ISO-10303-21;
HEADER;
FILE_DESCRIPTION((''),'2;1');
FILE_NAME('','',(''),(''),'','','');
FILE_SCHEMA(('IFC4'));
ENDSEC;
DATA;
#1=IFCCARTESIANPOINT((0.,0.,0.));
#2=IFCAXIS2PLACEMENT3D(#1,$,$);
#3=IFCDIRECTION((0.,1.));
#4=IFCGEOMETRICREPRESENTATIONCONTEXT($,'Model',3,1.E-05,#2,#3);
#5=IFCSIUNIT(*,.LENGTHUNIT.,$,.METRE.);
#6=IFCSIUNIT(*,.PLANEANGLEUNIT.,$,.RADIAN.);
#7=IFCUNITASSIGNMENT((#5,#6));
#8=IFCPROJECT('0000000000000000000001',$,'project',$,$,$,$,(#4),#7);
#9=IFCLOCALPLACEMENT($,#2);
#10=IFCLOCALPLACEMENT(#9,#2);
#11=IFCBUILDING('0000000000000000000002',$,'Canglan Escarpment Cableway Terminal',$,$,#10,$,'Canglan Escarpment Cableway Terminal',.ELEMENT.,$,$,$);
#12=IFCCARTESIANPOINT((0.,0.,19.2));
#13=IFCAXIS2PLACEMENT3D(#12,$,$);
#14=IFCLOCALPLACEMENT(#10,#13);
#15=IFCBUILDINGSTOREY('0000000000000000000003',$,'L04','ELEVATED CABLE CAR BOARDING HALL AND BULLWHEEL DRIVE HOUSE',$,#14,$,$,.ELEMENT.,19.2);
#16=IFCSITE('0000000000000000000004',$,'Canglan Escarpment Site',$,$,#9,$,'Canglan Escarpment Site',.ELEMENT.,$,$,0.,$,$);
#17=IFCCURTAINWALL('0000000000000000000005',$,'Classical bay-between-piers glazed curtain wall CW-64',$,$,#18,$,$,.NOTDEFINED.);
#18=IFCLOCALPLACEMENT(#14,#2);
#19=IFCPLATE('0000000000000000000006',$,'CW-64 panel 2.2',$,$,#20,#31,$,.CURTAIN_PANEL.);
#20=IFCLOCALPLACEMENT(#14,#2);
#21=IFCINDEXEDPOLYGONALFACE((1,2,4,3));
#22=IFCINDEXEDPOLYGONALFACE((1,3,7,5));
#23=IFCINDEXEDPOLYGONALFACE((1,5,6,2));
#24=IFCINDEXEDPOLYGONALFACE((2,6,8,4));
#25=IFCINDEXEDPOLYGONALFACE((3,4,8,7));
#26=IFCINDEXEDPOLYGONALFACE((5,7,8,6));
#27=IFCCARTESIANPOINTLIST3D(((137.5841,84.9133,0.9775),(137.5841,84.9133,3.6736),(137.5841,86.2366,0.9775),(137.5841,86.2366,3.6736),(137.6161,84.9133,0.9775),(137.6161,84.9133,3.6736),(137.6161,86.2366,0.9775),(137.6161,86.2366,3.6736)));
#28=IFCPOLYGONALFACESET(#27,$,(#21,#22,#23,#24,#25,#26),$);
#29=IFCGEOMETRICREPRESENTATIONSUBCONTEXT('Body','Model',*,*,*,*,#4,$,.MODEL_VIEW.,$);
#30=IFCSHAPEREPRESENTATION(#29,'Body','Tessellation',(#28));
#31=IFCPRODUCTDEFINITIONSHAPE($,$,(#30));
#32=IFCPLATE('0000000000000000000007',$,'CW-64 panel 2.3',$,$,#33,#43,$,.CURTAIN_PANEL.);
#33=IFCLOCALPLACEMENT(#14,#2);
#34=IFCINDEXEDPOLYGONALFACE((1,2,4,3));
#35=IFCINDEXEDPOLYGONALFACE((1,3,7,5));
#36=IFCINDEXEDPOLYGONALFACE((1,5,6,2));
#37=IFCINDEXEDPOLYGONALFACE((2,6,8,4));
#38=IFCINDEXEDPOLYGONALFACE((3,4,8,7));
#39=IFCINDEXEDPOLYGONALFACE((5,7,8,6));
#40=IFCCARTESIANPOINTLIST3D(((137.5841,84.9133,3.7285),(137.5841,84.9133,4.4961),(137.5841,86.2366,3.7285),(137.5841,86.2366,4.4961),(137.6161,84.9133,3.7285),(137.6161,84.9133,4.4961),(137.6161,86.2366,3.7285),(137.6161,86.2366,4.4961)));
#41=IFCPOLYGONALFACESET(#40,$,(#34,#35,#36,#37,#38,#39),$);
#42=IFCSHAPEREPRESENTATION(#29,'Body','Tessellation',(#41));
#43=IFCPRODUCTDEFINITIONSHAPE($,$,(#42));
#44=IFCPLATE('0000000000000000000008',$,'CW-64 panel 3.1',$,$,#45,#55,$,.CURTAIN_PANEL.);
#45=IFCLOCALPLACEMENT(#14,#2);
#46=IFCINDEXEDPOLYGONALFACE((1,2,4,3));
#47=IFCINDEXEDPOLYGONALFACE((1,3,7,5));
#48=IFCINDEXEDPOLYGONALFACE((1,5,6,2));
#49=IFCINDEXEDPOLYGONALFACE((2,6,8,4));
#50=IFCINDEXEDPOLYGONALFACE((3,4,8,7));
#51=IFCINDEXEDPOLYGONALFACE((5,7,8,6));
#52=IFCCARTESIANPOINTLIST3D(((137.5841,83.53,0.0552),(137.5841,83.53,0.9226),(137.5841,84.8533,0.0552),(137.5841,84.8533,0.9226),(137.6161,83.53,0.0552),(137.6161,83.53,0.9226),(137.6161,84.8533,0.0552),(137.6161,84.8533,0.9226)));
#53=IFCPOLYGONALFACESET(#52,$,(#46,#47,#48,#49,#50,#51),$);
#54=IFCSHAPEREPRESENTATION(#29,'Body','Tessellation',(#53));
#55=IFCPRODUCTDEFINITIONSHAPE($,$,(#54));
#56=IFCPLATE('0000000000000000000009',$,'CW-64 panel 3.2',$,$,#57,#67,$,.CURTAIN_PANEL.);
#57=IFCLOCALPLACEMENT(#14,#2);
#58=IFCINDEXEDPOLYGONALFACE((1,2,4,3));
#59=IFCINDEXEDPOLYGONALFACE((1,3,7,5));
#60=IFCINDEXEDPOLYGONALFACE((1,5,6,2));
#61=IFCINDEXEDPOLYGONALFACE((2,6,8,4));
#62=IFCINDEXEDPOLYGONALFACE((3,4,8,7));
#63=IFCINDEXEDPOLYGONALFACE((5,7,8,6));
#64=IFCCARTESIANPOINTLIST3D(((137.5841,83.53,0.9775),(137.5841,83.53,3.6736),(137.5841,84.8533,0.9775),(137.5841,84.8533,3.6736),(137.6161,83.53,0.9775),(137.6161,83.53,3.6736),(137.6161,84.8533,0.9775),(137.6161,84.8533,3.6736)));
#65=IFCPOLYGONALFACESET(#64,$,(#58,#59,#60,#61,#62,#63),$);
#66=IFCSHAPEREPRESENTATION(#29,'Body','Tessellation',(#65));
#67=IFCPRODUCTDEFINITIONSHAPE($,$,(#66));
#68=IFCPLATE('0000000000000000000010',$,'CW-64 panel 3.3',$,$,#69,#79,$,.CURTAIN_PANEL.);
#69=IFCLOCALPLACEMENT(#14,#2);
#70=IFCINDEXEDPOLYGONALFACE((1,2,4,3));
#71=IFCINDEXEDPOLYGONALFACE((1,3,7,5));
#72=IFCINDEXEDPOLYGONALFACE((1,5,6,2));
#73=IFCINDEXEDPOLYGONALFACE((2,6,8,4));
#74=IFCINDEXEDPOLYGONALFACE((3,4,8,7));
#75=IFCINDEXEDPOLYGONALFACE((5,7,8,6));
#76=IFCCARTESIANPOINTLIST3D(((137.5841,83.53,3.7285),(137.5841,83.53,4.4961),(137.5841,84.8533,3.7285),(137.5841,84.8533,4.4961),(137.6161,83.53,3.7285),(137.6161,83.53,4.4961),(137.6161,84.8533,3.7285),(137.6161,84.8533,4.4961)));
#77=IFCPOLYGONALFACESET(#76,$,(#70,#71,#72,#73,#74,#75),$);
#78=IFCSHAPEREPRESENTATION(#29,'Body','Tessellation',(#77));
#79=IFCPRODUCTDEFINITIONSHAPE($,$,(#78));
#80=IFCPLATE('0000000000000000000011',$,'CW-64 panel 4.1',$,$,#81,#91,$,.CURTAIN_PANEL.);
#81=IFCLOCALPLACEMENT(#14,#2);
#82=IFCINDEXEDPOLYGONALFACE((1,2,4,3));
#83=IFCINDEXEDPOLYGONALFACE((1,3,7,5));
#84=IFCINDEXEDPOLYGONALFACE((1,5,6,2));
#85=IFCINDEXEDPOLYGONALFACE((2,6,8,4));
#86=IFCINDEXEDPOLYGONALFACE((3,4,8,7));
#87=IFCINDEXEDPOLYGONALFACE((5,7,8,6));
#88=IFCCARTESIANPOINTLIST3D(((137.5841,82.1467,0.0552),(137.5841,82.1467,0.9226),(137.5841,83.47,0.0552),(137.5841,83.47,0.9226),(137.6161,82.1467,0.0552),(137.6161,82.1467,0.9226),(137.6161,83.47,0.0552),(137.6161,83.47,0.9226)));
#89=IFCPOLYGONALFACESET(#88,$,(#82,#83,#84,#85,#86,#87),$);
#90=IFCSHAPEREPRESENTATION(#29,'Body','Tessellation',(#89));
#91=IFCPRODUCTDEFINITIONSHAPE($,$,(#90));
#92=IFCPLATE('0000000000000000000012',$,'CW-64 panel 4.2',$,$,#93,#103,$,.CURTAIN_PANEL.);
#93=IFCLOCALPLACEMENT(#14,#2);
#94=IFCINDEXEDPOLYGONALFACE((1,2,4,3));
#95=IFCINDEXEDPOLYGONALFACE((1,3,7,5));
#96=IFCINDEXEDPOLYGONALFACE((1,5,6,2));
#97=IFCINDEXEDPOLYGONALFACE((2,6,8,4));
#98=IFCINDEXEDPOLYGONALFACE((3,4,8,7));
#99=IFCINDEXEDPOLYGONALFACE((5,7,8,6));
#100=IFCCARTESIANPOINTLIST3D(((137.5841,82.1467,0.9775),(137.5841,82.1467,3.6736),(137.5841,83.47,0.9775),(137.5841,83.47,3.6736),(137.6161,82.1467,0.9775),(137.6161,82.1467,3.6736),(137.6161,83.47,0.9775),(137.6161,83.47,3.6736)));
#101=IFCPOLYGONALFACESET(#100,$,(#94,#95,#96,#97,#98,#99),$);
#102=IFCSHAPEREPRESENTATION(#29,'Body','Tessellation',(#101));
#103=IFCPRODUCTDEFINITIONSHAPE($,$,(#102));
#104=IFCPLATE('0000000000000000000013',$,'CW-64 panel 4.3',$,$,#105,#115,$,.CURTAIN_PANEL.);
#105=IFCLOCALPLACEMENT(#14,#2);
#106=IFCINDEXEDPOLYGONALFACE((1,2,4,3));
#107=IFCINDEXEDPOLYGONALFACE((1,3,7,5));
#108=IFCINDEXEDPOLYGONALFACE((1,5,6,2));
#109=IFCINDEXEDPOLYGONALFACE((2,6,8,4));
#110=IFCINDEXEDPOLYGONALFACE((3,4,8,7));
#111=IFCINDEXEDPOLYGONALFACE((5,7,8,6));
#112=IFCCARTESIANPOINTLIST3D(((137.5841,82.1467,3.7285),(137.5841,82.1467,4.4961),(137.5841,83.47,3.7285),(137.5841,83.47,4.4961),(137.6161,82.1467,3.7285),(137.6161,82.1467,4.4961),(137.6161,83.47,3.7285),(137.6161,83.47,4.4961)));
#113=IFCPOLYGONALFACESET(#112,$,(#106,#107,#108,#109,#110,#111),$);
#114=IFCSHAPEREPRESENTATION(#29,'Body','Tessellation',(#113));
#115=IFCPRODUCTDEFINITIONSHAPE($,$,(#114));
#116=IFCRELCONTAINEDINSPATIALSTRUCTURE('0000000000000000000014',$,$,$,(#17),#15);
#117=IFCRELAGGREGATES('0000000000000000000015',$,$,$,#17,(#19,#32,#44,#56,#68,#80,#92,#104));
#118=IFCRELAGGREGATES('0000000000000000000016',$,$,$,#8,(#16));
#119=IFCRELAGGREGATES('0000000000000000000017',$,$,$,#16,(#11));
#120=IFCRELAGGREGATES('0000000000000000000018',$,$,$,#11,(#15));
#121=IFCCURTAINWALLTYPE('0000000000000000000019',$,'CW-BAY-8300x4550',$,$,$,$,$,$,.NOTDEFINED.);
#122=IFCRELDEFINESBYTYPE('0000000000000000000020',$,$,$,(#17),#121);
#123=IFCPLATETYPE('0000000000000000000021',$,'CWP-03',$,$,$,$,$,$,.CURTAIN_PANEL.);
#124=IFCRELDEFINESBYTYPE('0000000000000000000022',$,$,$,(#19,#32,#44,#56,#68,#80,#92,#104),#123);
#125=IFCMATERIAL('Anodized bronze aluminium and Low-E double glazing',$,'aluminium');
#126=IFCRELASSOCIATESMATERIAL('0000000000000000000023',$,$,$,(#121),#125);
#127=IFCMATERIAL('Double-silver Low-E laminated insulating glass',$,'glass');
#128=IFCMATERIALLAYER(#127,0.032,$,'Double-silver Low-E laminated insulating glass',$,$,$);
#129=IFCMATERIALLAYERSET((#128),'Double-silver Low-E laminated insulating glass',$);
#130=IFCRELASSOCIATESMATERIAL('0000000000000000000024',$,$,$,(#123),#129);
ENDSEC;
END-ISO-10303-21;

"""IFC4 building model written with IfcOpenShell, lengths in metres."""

from ifc_helpers import new_model, si_unit, direction, frame, origin, origin_2d, place, context, subcontext, project, spatial, rectangle, extrude, material, layer, layer_set, type_object, element, aggregate, save


model = new_model("IFC4")

# Units and contexts
model_context = context("Model", 3, precision=1e-05, world=origin(), true_north=direction((0.0, 1.0)))
body_context = subcontext(model_context, "Body", "Model", "MODEL_VIEW")
ifc_project = project(units=[si_unit("LENGTHUNIT", "METRE"), si_unit("PLANEANGLEUNIT", "RADIAN")], contexts=[model_context])

# Site, building, storey
site_placement = place(None, origin())
site = spatial("IfcSite", under=ifc_project, at=site_placement, Name="Canglan Escarpment Site", LongName="Canglan Escarpment Site", CompositionType="ELEMENT", RefElevation=0.0)
building_placement = place(site_placement, origin())
building = spatial("IfcBuilding", under=site, at=building_placement, Name="Canglan Escarpment Cableway Terminal", LongName="Canglan Escarpment Cableway Terminal", CompositionType="ELEMENT")
storey_placement = place(building_placement, frame((0.0, 0.0, 19.2)))
storey = spatial("IfcBuildingStorey", under=building, at=storey_placement, Name="L04", Description="ELEVATED CABLE CAR BOARDING HALL AND BULLWHEEL DRIVE HOUSE", CompositionType="ELEMENT", Elevation=19.2)

# Curtain wall, plates
ifc_material_1 = material(Name="Anodized bronze aluminium and Low-E double glazing", Category="aluminium")
curtain_wall_type = type_object("IfcCurtainWallType", Name="CW-BAY-8300x4550", PredefinedType="NOTDEFINED", material=ifc_material_1)
curtain_wall_placement = place(storey_placement, origin())
curtain_wall = element("IfcCurtainWall", 1, at=curtain_wall_placement, inside=storey, type_object=curtain_wall_type, Name="Classical bay-between-piers glazed curtain wall CW-64", PredefinedType="NOTDEFINED")
ifc_material_2 = material(Name="Double-silver Low-E laminated insulating glass", Category="glass")
ifc_layer = layer(ifc_material_2, 0.032, Name="Double-silver Low-E laminated insulating glass")
ifc_layer_set = layer_set([ifc_layer], Name="Double-silver Low-E laminated insulating glass")
plate_type = type_object("IfcPlateType", Name="CWP-03", PredefinedType="CURTAIN_PANEL", material=ifc_layer_set)
plate_1_placement = place(storey_placement, frame((137.6001, 85.575, 0.9775), z_axis=(0.0, 0.0, 1.0), x_axis=(0.0, -1.0, 0.0)))
plate_1 = element("IfcPlate", 2, at=plate_1_placement, type_object=plate_type, Name="CW-64 panel 2.2", PredefinedType="CURTAIN_PANEL", context=body_context, shape_type="SweptSolid", body=[
    extrude(rectangle(XDim=1.3232, YDim=0.032, at=origin_2d()), origin(), (0.0, 0.0, 1.0), 2.696),
])
plate_2_placement = place(storey_placement, frame((137.6001, 85.575, 3.7285), z_axis=(0.0, 0.0, 1.0), x_axis=(0.0, -1.0, 0.0)))
plate_2 = element("IfcPlate", 3, at=plate_2_placement, type_object=plate_type, Name="CW-64 panel 2.3", PredefinedType="CURTAIN_PANEL", context=body_context, shape_type="SweptSolid", body=[
    extrude(rectangle(XDim=1.3232, YDim=0.032, at=origin_2d()), origin(), (0.0, 0.0, 1.0), 0.7676),
])
plate_3_placement = place(storey_placement, frame((137.6001, 84.1917, 0.0552), z_axis=(0.0, 0.0, 1.0), x_axis=(0.0, -1.0, 0.0)))
plate_3 = element("IfcPlate", 4, at=plate_3_placement, type_object=plate_type, Name="CW-64 panel 3.1", PredefinedType="CURTAIN_PANEL", context=body_context, shape_type="SweptSolid", body=[
    extrude(rectangle(XDim=1.3232, YDim=0.032, at=origin_2d()), origin(), (0.0, 0.0, 1.0), 0.8674),
])
plate_4_placement = place(storey_placement, frame((137.6001, 84.1917, 0.9775), z_axis=(0.0, 0.0, 1.0), x_axis=(0.0, -1.0, 0.0)))
plate_4 = element("IfcPlate", 5, at=plate_4_placement, type_object=plate_type, Name="CW-64 panel 3.2", PredefinedType="CURTAIN_PANEL", context=body_context, shape_type="SweptSolid", body=[
    extrude(rectangle(XDim=1.3232, YDim=0.032, at=origin_2d()), origin(), (0.0, 0.0, 1.0), 2.696),
])
plate_5_placement = place(storey_placement, frame((137.6001, 84.1917, 3.7285), z_axis=(0.0, 0.0, 1.0), x_axis=(0.0, -1.0, 0.0)))
plate_5 = element("IfcPlate", 6, at=plate_5_placement, type_object=plate_type, Name="CW-64 panel 3.3", PredefinedType="CURTAIN_PANEL", context=body_context, shape_type="SweptSolid", body=[
    extrude(rectangle(XDim=1.3232, YDim=0.032, at=origin_2d()), origin(), (0.0, 0.0, 1.0), 0.7676),
])
plate_6_placement = place(storey_placement, frame((137.6001, 82.8083, 0.0552), z_axis=(0.0, 0.0, 1.0), x_axis=(0.0, -1.0, 0.0)))
plate_6 = element("IfcPlate", 7, at=plate_6_placement, type_object=plate_type, Name="CW-64 panel 4.1", PredefinedType="CURTAIN_PANEL", context=body_context, shape_type="SweptSolid", body=[
    extrude(rectangle(XDim=1.3232, YDim=0.032, at=origin_2d()), origin(), (0.0, 0.0, 1.0), 0.8674),
])
plate_7_placement = place(storey_placement, frame((137.6001, 82.8083, 0.9775), z_axis=(0.0, 0.0, 1.0), x_axis=(0.0, -1.0, 0.0)))
plate_7 = element("IfcPlate", 8, at=plate_7_placement, type_object=plate_type, Name="CW-64 panel 4.2", PredefinedType="CURTAIN_PANEL", context=body_context, shape_type="SweptSolid", body=[
    extrude(rectangle(XDim=1.3232, YDim=0.032, at=origin_2d()), origin(), (0.0, 0.0, 1.0), 2.696),
])
plate_8_placement = place(storey_placement, frame((137.6001, 82.8083, 3.7285), z_axis=(0.0, 0.0, 1.0), x_axis=(0.0, -1.0, 0.0)))
plate_8 = element("IfcPlate", 9, at=plate_8_placement, type_object=plate_type, Name="CW-64 panel 4.3", PredefinedType="CURTAIN_PANEL", context=body_context, shape_type="SweptSolid", body=[
    extrude(rectangle(XDim=1.3232, YDim=0.032, at=origin_2d()), origin(), (0.0, 0.0, 1.0), 0.7676),
])
aggregate(curtain_wall, [plate_1, plate_2, plate_3, plate_4, plate_5, plate_6, plate_7, plate_8])

save(model, "model.ifc")
